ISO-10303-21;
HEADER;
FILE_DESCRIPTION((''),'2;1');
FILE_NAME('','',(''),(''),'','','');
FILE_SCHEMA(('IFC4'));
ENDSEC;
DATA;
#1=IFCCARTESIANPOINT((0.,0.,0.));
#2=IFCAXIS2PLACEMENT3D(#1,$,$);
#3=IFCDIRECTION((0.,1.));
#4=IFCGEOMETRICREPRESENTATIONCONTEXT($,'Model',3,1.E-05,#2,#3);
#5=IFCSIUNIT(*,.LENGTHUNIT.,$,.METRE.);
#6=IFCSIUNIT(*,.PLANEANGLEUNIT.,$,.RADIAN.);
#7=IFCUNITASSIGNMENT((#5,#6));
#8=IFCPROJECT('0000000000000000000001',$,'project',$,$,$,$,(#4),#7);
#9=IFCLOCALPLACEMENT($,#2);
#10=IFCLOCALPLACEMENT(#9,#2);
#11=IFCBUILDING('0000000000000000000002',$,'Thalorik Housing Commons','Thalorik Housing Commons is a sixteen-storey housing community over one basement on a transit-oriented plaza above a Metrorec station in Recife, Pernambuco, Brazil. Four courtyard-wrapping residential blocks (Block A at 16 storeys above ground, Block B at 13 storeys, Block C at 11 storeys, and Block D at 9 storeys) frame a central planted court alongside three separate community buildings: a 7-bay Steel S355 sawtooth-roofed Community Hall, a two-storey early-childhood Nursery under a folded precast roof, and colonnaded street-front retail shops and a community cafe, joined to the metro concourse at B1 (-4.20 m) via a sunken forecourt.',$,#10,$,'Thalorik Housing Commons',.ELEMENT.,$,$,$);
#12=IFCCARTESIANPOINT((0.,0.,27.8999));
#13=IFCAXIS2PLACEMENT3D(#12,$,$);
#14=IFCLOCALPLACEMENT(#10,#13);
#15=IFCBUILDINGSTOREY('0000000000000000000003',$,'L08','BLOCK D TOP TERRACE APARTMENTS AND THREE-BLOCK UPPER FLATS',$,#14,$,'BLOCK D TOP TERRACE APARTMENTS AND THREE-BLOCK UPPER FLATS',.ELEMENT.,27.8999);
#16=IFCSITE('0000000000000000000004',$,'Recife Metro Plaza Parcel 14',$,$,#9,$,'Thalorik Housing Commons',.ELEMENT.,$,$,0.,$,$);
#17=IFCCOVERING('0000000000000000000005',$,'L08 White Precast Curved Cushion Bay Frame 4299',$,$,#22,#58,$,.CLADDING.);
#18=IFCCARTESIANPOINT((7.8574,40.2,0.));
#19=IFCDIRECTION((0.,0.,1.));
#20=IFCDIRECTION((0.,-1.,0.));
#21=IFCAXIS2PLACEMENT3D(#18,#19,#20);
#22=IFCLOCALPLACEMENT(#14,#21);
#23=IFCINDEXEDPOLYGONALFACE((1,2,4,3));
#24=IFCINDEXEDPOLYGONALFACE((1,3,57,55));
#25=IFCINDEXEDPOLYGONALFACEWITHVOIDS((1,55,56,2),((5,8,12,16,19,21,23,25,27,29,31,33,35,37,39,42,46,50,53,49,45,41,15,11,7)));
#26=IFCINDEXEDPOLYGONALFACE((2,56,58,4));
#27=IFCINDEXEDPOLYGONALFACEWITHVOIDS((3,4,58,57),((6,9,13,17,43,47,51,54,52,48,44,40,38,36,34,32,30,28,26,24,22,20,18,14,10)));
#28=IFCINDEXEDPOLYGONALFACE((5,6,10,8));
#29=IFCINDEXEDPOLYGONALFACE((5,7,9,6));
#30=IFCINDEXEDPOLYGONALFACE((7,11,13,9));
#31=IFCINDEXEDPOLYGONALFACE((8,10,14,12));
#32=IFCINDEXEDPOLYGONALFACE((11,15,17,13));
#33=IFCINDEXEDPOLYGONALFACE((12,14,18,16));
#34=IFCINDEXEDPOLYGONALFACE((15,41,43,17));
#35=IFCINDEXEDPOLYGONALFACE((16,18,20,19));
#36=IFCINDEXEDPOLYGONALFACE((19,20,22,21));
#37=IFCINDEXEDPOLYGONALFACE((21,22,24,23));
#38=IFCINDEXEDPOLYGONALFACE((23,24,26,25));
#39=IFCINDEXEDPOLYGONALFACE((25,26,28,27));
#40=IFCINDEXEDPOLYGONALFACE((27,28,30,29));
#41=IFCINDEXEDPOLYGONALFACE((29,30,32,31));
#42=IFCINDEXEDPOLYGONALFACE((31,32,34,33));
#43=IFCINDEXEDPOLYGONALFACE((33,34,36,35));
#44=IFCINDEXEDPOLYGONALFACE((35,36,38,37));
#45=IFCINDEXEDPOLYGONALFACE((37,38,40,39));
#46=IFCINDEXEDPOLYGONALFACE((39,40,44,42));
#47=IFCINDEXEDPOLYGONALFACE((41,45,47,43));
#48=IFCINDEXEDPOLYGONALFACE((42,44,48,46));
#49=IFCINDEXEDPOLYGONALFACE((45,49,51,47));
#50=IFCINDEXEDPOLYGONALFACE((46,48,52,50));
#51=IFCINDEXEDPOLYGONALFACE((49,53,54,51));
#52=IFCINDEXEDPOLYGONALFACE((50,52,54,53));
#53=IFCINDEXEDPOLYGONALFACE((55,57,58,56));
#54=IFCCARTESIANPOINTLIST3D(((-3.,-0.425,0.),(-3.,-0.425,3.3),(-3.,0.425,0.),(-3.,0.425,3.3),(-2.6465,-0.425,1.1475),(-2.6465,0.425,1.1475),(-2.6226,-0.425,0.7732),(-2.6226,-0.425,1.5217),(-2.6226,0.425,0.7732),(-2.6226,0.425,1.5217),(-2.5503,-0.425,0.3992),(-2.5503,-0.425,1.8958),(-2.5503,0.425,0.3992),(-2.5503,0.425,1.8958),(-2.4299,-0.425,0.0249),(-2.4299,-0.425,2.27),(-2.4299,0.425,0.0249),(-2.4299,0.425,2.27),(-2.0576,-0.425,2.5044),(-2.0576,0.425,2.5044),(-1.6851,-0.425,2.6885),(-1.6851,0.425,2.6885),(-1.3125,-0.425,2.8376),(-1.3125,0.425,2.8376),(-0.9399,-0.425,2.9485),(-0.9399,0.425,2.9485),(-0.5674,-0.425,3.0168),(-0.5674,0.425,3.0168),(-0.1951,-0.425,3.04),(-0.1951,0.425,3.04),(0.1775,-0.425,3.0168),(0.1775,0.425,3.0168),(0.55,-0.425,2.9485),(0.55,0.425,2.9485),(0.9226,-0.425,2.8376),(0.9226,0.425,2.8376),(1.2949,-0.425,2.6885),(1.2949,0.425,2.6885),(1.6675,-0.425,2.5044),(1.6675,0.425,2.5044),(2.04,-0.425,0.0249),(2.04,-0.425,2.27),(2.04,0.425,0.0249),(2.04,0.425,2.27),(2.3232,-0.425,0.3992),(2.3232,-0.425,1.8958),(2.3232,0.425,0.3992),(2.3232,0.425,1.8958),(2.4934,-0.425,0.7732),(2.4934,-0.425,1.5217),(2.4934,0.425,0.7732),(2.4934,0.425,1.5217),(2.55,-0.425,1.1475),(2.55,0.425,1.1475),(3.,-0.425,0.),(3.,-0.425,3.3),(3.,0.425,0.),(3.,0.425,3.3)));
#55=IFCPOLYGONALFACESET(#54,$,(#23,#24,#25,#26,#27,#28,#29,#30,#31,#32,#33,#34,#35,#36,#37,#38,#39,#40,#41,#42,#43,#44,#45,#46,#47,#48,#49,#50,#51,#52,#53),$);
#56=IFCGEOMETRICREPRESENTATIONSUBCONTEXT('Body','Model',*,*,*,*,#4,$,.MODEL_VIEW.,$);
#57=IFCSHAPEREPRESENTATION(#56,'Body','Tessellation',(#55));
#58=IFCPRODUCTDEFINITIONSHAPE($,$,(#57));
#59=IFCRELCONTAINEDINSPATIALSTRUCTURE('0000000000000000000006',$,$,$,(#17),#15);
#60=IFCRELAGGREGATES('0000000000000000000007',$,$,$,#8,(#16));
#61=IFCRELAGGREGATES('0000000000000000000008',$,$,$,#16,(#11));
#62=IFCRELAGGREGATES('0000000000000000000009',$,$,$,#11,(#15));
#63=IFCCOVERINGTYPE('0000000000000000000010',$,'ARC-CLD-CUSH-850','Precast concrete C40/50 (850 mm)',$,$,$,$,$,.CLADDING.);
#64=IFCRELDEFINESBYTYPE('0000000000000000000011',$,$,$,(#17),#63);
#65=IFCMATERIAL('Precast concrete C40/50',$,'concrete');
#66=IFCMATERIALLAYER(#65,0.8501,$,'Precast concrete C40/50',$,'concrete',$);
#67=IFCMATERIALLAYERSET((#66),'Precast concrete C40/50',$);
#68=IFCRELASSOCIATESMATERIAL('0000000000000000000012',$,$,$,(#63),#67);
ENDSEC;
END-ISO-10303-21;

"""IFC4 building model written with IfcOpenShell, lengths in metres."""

from ifc_helpers import new_model, si_unit, direction, frame, origin, place, context, subcontext, project, spatial, polyline, outline, extrude, material, layer, layer_set, type_object, element, save


model = new_model("IFC4")

# Units and contexts
model_context = context("Model", 3, precision=1e-05, world=origin(), true_north=direction((0.0, 1.0)))
body_context = subcontext(model_context, "Body", "Model", "MODEL_VIEW")
ifc_project = project(units=[si_unit("LENGTHUNIT", "METRE"), si_unit("PLANEANGLEUNIT", "RADIAN")], contexts=[model_context])

# Site, building, storey
site_placement = place(None, origin())
site = spatial("IfcSite", under=ifc_project, at=site_placement, Name="Recife Metro Plaza Parcel 14", LongName="Thalorik Housing Commons", CompositionType="ELEMENT", RefElevation=0.0)
building_placement = place(site_placement, origin())
building = spatial("IfcBuilding", under=site, at=building_placement, Name="Thalorik Housing Commons", Description="Thalorik Housing Commons is a sixteen-storey housing community over one basement on a transit-oriented plaza above a Metrorec station in Recife, Pernambuco, Brazil. Four courtyard-wrapping residential blocks (Block A at 16 storeys above ground, Block B at 13 storeys, Block C at 11 storeys, and Block D at 9 storeys) frame a central planted court alongside three separate community buildings: a 7-bay Steel S355 sawtooth-roofed Community Hall, a two-storey early-childhood Nursery under a folded precast roof, and colonnaded street-front retail shops and a community cafe, joined to the metro concourse at B1 (-4.20 m) via a sunken forecourt.", LongName="Thalorik Housing Commons", CompositionType="ELEMENT")
storey_placement = place(building_placement, frame((0.0, 0.0, 27.8999)))
storey = spatial("IfcBuildingStorey", under=building, at=storey_placement, Name="L08", Description="BLOCK D TOP TERRACE APARTMENTS AND THREE-BLOCK UPPER FLATS", LongName="BLOCK D TOP TERRACE APARTMENTS AND THREE-BLOCK UPPER FLATS", CompositionType="ELEMENT", Elevation=27.8999)

# Shared definitions
ifc_material_1 = material(Name="Precast concrete C40/50", Category="concrete")

# Covering
ifc_layer_1 = layer(ifc_material_1, 0.8501, Name="Precast concrete C40/50", Category="concrete")
ifc_layer_set_1 = layer_set([ifc_layer_1], Name="Precast concrete C40/50")
covering_type_1 = type_object("IfcCoveringType", Name="ARC-CLD-CUSH-850", Description="Precast concrete C40/50 (850 mm)", PredefinedType="CLADDING", material=ifc_layer_set_1)
covering_1_placement = place(storey_placement, frame((7.8574, 40.2, 0.0), z_axis=(0.0, 0.0, 1.0), x_axis=(0.0, -1.0, 0.0)))
element("IfcCovering", 1, at=covering_1_placement, inside=storey, type_object=covering_type_1, Name="L08 White Precast Curved Cushion Bay Frame 4299", PredefinedType="CLADDING", context=body_context, shape_type="SweptSolid", body=[
    extrude(outline(polyline([(-3.0, 0.0), (3.0, 0.0), (3.0, 3.3), (-3.0, 3.3), (-3.0, 0.0)]), holes=[polyline([(2.04, 0.0249), (2.3232, 0.3992), (2.4934, 0.7732), (2.55, 1.1475), (2.4934, 1.5217), (2.3232, 1.8958), (2.04, 2.27), (1.6675, 2.5044), (1.2949, 2.6885), (0.9226, 2.8376), (0.55, 2.9485), (0.1775, 3.0168), (-0.1951, 3.04), (-0.5674, 3.0168), (-0.9399, 2.9485), (-1.3125, 2.8376), (-1.6851, 2.6885), (-2.0576, 2.5044), (-2.4299, 2.27), (-2.5503, 1.8958), (-2.6226, 1.5217), (-2.6465, 1.1475), (-2.6226, 0.7732), (-2.5503, 0.3992), (-2.4299, 0.0249), (2.04, 0.0249)])]), frame((0.0, 0.425, 0.0), z_axis=(0.0, -1.0, 0.0), x_axis=(1.0, 0.0, 0.0)), (0.0, 0.0, 1.0), 0.8501),
])

save(model, "model.ifc")
